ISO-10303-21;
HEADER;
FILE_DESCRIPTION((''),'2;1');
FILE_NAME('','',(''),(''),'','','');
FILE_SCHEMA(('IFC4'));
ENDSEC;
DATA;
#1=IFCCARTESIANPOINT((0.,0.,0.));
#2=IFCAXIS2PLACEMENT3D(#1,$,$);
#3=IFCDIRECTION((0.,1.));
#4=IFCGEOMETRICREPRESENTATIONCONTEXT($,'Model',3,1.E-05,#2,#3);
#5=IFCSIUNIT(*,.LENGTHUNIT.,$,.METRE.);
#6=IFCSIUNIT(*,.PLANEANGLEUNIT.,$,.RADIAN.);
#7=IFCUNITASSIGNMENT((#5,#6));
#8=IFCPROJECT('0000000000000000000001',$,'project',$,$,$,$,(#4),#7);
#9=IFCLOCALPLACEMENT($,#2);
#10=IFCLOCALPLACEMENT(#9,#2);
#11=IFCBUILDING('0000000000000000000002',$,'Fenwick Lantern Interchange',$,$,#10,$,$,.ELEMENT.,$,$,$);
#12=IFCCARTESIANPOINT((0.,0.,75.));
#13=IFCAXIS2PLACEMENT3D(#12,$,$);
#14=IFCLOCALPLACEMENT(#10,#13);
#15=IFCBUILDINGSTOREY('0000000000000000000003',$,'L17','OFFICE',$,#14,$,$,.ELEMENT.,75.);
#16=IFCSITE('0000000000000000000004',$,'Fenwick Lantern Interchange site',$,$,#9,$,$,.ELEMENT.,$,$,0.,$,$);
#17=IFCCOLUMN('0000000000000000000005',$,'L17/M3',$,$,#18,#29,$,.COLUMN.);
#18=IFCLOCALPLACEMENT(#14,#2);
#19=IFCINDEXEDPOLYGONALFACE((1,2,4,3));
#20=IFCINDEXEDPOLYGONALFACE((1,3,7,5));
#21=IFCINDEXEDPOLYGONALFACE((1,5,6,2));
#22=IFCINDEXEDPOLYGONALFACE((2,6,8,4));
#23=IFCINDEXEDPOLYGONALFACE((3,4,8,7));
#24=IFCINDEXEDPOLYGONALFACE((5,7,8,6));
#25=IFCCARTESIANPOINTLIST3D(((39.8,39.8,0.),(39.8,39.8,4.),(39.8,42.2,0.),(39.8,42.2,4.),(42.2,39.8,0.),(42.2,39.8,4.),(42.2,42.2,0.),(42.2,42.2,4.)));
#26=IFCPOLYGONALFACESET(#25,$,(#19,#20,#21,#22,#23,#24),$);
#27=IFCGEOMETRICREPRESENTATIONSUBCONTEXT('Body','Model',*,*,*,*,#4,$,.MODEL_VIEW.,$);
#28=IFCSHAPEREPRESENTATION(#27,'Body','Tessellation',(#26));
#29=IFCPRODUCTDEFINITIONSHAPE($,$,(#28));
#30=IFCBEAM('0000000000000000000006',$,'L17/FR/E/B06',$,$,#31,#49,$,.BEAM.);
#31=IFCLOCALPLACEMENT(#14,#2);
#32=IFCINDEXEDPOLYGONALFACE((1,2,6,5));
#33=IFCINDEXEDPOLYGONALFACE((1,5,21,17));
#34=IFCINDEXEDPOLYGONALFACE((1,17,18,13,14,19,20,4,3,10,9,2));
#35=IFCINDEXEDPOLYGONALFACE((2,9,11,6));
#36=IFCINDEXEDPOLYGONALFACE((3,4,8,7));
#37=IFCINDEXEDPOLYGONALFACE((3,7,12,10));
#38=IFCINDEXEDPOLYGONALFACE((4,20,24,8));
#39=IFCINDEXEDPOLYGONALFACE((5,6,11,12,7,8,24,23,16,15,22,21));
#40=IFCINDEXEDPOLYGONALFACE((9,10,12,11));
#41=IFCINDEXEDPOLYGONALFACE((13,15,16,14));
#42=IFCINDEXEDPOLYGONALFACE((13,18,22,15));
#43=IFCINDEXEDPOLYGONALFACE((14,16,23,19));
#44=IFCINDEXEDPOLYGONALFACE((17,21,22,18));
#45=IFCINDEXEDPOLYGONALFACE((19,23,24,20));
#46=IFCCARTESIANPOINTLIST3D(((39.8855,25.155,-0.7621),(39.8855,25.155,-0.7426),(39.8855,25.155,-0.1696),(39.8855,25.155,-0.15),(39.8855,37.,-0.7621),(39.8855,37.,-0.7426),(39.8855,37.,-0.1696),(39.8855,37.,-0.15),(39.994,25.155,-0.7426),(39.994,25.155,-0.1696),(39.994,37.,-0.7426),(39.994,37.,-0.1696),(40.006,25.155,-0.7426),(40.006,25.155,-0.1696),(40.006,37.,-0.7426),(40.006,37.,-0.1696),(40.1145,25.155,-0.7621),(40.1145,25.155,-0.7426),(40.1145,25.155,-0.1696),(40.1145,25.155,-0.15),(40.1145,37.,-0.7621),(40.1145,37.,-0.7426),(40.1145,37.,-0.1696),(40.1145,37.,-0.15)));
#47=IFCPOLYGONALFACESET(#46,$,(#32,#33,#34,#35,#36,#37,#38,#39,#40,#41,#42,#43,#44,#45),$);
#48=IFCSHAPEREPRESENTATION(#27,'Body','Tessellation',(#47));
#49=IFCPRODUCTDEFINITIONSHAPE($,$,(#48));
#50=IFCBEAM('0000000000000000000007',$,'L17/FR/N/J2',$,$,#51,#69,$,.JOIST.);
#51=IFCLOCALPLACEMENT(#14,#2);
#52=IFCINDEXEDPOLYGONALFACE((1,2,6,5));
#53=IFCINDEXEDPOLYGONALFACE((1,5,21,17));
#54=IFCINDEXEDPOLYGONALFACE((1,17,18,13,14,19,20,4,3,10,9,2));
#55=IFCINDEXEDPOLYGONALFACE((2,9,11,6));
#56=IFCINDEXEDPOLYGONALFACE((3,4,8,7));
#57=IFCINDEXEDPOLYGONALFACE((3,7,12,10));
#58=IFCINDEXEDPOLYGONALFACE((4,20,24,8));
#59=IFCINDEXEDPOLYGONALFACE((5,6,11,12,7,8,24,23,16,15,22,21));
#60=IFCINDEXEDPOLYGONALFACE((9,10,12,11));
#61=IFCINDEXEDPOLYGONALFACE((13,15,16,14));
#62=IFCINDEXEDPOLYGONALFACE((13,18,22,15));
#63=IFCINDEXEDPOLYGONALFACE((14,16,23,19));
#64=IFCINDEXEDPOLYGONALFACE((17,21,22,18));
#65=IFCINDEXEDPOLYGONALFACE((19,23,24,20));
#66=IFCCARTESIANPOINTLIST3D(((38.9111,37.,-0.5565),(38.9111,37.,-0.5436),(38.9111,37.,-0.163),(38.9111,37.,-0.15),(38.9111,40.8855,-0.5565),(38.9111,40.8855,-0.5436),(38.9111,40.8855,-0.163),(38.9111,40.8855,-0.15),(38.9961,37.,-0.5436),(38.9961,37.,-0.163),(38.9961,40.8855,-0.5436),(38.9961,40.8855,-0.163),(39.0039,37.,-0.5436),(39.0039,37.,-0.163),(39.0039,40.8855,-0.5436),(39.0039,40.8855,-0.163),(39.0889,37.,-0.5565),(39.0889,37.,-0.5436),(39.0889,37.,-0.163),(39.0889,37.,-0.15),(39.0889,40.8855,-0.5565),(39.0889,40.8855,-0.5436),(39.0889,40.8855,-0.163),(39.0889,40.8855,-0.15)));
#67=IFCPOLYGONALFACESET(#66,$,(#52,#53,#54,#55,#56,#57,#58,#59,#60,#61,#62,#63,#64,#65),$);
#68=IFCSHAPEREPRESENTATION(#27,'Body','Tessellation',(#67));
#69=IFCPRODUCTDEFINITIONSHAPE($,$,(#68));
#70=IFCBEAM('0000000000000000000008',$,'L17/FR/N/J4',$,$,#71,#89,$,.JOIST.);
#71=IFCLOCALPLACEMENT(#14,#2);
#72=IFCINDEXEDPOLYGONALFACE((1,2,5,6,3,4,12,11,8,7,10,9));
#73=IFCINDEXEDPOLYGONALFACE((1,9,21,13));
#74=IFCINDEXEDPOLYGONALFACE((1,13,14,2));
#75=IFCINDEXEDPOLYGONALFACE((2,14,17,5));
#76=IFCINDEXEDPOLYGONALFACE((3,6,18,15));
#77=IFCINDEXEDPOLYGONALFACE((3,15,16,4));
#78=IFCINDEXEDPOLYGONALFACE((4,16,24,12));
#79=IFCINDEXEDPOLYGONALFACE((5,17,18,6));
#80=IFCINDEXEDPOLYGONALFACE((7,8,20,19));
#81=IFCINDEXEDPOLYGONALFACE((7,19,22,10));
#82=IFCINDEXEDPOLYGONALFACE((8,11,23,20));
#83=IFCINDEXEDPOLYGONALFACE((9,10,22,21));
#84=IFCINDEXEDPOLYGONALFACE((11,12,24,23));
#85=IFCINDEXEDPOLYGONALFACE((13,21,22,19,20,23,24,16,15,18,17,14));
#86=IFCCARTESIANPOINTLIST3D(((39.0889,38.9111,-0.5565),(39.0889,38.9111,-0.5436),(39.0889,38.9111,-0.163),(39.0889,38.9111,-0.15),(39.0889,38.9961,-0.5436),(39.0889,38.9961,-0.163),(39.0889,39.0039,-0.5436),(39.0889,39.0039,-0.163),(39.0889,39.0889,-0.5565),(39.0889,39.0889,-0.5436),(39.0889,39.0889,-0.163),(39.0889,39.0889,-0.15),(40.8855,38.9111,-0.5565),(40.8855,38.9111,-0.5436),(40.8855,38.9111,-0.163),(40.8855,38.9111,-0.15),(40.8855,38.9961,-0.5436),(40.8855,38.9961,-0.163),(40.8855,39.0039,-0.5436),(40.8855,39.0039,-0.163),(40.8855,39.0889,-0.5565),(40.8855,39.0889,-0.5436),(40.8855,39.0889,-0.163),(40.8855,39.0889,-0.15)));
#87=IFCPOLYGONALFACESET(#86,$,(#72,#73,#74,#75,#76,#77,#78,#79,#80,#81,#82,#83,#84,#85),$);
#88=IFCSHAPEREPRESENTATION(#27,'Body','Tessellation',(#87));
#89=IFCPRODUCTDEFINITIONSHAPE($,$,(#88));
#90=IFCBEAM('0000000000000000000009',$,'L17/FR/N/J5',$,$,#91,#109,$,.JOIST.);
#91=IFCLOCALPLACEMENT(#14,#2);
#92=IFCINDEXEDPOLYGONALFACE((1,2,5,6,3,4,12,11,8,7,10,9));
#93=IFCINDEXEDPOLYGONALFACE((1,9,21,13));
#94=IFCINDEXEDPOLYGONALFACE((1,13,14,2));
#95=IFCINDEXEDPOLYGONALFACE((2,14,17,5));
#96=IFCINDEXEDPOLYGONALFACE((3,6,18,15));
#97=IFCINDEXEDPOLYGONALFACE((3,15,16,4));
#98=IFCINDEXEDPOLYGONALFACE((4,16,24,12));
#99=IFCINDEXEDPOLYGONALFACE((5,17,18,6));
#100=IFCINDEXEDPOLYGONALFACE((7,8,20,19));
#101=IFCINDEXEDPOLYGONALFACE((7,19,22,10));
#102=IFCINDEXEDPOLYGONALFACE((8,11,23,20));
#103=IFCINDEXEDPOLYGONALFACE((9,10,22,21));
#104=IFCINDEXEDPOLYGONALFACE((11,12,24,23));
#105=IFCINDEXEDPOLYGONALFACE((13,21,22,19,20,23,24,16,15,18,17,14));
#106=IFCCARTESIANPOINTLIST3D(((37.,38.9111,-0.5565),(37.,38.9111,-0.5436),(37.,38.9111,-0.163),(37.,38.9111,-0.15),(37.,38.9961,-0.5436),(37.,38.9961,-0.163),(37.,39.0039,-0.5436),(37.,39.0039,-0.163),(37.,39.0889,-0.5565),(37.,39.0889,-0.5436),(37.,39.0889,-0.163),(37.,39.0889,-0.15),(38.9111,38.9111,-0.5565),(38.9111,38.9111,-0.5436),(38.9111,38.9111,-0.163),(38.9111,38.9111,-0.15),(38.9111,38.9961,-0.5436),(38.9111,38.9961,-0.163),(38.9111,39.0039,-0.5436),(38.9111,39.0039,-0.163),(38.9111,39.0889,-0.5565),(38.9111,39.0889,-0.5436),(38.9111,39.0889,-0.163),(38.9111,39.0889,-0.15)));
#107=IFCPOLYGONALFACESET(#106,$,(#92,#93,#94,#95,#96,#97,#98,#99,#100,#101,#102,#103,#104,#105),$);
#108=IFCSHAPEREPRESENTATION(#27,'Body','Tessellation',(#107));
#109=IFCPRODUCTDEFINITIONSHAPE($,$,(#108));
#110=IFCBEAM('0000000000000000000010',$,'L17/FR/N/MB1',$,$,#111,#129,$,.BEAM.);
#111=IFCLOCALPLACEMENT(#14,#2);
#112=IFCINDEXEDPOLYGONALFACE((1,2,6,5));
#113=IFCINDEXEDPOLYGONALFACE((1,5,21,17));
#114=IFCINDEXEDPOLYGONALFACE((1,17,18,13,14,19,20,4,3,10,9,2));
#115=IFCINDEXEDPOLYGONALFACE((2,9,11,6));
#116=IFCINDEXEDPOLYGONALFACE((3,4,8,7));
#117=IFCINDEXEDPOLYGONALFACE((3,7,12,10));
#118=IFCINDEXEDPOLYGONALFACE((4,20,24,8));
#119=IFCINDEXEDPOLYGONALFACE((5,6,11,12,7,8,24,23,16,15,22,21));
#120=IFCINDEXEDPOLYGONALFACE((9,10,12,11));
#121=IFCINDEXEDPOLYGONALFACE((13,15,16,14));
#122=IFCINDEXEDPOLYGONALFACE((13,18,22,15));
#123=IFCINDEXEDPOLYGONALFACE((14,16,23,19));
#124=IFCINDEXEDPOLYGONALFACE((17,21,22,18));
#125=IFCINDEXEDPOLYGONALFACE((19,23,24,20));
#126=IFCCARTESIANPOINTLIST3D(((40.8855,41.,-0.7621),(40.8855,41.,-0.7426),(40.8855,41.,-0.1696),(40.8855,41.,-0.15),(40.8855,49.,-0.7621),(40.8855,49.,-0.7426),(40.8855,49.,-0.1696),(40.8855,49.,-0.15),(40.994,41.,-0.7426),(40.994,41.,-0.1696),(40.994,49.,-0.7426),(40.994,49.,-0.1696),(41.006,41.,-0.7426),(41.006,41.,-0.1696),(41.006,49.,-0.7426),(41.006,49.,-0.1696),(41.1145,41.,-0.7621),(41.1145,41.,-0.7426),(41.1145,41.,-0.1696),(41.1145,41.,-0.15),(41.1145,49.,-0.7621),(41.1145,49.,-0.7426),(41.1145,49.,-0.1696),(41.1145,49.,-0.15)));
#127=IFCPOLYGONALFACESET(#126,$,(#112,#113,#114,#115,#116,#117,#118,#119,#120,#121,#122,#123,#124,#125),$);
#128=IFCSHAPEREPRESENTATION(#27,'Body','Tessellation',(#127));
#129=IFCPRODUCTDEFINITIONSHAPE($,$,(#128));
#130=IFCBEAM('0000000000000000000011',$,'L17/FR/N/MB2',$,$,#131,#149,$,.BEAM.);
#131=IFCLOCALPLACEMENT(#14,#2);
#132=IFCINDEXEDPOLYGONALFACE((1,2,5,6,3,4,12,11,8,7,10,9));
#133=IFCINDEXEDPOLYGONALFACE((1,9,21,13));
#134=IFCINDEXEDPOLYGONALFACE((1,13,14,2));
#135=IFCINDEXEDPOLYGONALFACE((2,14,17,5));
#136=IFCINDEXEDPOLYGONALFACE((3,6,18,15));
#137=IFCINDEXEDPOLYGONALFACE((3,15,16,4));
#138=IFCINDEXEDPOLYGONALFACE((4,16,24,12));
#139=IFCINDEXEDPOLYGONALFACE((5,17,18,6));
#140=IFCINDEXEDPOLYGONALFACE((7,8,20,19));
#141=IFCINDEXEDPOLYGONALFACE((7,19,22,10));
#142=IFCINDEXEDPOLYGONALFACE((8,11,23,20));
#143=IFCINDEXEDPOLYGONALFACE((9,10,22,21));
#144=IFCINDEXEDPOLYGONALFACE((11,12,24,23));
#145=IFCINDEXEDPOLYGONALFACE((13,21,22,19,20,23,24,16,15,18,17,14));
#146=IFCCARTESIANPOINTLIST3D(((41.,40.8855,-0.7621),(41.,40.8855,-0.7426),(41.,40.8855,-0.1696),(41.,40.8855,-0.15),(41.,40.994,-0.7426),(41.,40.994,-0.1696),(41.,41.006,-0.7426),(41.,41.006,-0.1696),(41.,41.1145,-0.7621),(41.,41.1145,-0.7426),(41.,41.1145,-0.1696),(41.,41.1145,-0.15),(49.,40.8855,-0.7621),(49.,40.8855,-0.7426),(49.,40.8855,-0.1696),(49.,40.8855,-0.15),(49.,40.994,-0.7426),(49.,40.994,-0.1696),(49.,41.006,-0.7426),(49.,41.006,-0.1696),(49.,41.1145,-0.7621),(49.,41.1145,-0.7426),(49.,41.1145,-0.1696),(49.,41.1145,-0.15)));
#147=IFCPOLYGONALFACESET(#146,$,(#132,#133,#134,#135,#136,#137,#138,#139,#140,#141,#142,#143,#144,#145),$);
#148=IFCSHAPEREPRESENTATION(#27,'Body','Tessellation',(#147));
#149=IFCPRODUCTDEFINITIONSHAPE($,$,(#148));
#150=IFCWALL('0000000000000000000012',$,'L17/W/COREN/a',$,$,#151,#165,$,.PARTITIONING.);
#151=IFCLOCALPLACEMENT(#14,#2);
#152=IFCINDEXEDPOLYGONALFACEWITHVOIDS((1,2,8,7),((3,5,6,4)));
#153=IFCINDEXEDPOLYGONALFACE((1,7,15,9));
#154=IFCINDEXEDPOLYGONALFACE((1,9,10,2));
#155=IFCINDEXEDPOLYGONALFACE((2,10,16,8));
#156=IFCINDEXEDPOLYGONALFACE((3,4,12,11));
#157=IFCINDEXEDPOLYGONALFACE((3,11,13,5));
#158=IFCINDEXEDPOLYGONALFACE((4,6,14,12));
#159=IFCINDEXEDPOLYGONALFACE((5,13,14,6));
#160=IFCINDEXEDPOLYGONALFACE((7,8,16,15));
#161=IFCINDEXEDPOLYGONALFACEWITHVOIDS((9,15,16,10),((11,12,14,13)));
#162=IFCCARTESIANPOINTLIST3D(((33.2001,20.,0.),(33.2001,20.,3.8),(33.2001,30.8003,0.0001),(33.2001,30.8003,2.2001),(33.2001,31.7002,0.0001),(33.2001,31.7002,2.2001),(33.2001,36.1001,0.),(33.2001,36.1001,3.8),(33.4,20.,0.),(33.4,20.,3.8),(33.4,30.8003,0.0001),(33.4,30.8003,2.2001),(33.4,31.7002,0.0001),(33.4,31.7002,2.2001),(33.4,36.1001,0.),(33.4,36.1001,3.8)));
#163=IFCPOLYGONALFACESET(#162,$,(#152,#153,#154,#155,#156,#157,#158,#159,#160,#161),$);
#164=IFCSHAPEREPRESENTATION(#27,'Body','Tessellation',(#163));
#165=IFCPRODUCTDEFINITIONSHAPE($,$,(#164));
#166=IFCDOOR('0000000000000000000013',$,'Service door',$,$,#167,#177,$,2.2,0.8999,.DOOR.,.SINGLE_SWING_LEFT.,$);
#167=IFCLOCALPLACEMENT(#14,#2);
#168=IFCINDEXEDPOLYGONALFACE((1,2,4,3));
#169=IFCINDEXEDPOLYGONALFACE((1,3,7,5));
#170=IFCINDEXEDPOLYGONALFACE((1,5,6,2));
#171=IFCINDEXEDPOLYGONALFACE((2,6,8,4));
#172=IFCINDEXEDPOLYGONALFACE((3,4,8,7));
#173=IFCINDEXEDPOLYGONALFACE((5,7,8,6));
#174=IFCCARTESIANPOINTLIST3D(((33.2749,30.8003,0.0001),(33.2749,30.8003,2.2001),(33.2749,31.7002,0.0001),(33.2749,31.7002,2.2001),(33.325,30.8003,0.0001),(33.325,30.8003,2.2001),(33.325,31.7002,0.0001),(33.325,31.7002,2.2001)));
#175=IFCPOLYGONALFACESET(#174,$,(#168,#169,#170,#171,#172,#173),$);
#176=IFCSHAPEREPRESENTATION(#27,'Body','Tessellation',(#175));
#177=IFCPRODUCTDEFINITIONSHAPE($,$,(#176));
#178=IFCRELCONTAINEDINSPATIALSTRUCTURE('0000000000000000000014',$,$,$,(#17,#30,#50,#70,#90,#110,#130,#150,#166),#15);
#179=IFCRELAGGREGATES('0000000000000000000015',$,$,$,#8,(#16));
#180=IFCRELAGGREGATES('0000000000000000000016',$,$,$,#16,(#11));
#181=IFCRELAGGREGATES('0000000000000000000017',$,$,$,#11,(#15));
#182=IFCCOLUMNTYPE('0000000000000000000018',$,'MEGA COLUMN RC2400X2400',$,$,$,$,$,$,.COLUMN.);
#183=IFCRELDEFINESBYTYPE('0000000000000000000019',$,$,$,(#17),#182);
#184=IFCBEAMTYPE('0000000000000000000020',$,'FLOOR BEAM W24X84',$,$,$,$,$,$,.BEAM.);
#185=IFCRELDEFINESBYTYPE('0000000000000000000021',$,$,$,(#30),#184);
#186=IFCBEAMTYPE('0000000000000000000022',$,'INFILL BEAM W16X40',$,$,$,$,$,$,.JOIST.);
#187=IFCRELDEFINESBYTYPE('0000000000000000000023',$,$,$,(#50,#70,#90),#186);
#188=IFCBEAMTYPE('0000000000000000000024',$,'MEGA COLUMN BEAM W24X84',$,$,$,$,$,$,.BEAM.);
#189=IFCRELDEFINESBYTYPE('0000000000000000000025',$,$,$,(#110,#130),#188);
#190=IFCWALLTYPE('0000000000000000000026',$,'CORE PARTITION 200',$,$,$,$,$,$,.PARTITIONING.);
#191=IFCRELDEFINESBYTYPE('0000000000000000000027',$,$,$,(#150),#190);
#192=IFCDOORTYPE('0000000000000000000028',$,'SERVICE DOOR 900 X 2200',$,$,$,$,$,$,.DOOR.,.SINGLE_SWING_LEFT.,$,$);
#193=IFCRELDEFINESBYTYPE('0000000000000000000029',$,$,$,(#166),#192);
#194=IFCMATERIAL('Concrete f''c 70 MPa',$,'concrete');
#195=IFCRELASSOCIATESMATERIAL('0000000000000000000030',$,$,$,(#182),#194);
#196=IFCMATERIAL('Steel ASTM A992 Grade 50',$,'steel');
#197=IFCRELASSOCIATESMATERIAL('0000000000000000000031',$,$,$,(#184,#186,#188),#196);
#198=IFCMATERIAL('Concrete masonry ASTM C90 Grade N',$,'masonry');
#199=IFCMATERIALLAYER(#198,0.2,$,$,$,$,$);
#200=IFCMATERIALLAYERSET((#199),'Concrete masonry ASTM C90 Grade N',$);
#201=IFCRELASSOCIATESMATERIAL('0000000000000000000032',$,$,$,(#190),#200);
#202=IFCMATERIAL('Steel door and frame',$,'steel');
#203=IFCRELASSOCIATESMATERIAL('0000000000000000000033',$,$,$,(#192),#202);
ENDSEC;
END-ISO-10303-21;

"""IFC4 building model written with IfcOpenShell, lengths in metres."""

from ifc_helpers import new_model, si_unit, direction, frame, frame_2d, origin, origin_2d, place, context, subcontext, project, spatial, rectangle, i_section, extrude, material, layer, layer_set, material_profile, profile_set, type_object, element, fill, save


model = new_model("IFC4")

# Units and contexts
model_context = context("Model", 3, precision=1e-05, world=origin(), true_north=direction((0.0, 1.0)))
body_context = subcontext(model_context, "Body", "Model", "MODEL_VIEW")
ifc_project = project(units=[si_unit("LENGTHUNIT", "METRE"), si_unit("PLANEANGLEUNIT", "RADIAN")], contexts=[model_context])

# Site, building, storey
site_placement = place(None, origin())
site = spatial("IfcSite", under=ifc_project, at=site_placement, Name="Fenwick Lantern Interchange site", CompositionType="ELEMENT", RefElevation=0.0)
building_placement = place(site_placement, origin())
building = spatial("IfcBuilding", under=site, at=building_placement, Name="Fenwick Lantern Interchange", CompositionType="ELEMENT")
storey_placement = place(building_placement, frame((0.0, 0.0, 75.0)))
storey = spatial("IfcBuildingStorey", under=building, at=storey_placement, Name="L17", Description="OFFICE", CompositionType="ELEMENT", Elevation=75.0)

# Column
ifc_material_1 = material(Name="Concrete f'c 70 MPa", Category="concrete")
ifc_material_profile_1 = material_profile(ifc_material_1, rectangle(XDim=2.3999, YDim=2.3999, at=origin_2d()), Name="RC2400X2400")
ifc_profile_set_1 = profile_set([ifc_material_profile_1], Name="Concrete f'c 70 MPa")
column_type = type_object("IfcColumnType", Name="MEGA COLUMN RC2400X2400", PredefinedType="COLUMN", material=ifc_profile_set_1)
column_placement = place(storey_placement, frame((41.0, 41.0, 0.0), z_axis=(0.0, 0.0, 1.0), x_axis=(1.0, 0.0, 0.0)))
element("IfcColumn", 1, at=column_placement, inside=storey, type_object=column_type, Name="L17/M3", PredefinedType="COLUMN", context=body_context, shape_type="SweptSolid", body=[
    extrude(rectangle(XDim=2.3999, YDim=2.3999, at=origin_2d()), origin(), (0.0, 0.0, 1.0), 4.0),
])

# Beams
ifc_material_2 = material(Name="Steel ASTM A992 Grade 50", Category="steel")
ifc_material_profile_2 = material_profile(ifc_material_2, i_section(OverallWidth=0.229, OverallDepth=0.6121, WebThickness=0.012, FlangeThickness=0.0195, at=origin_2d()), Name="W24X84")
ifc_profile_set_2 = profile_set([ifc_material_profile_2], Name="Steel ASTM A992 Grade 50")
beam_type_1 = type_object("IfcBeamType", Name="FLOOR BEAM W24X84", PredefinedType="BEAM", material=ifc_profile_set_2)
beam_1_placement = place(storey_placement, frame((40.0, 25.155, -0.4561), z_axis=(0.0, 1.0, 0.0), x_axis=(-1.0, 0.0, 0.0)))
element("IfcBeam", 2, at=beam_1_placement, inside=storey, type_object=beam_type_1, Name="L17/FR/E/B06", PredefinedType="BEAM", context=body_context, shape_type="SweptSolid", body=[
    extrude(i_section(OverallWidth=0.229, OverallDepth=0.6121, WebThickness=0.012, FlangeThickness=0.0195, at=origin_2d()), origin(), (0.0, 0.0, 1.0), 11.845),
])
ifc_material_profile_3 = material_profile(ifc_material_2, i_section(OverallWidth=0.1777, OverallDepth=0.4065, WebThickness=0.0078, FlangeThickness=0.0129, at=origin_2d()), Name="W16X40")
ifc_profile_set_3 = profile_set([ifc_material_profile_3], Name="Steel ASTM A992 Grade 50")
beam_type_2 = type_object("IfcBeamType", Name="INFILL BEAM W16X40", PredefinedType="JOIST", material=ifc_profile_set_3)
beam_2_placement = place(storey_placement, frame((39.0, 40.8855, -0.3533), z_axis=(0.0, -1.0, 0.0), x_axis=(1.0, 0.0, 0.0)))
element("IfcBeam", 3, at=beam_2_placement, inside=storey, type_object=beam_type_2, Name="L17/FR/N/J2", PredefinedType="JOIST", context=body_context, shape_type="SweptSolid", body=[
    extrude(i_section(OverallWidth=0.1777, OverallDepth=0.4065, WebThickness=0.0078, FlangeThickness=0.0129, at=origin_2d()), origin(), (0.0, 0.0, 1.0), 3.8855),
])
beam_3_placement = place(storey_placement, frame((40.8855, 39.0, -0.3533), z_axis=(-1.0, 0.0, 0.0), x_axis=(0.0, -1.0, 0.0)))
element("IfcBeam", 4, at=beam_3_placement, inside=storey, type_object=beam_type_2, Name="L17/FR/N/J4", PredefinedType="JOIST", context=body_context, shape_type="SweptSolid", body=[
    extrude(i_section(OverallWidth=0.1777, OverallDepth=0.4065, WebThickness=0.0078, FlangeThickness=0.0129, at=origin_2d()), origin(), (0.0, 0.0, 1.0), 1.7966),
])
beam_4_placement = place(storey_placement, frame((38.9111, 39.0, -0.3533), z_axis=(-1.0, 0.0, 0.0), x_axis=(0.0, -1.0, 0.0)))
element("IfcBeam", 5, at=beam_4_placement, inside=storey, type_object=beam_type_2, Name="L17/FR/N/J5", PredefinedType="JOIST", context=body_context, shape_type="SweptSolid", body=[
    extrude(i_section(OverallWidth=0.1777, OverallDepth=0.4065, WebThickness=0.0078, FlangeThickness=0.0129, at=origin_2d()), origin(), (0.0, 0.0, 1.0), 1.9111),
])
ifc_material_profile_4 = material_profile(ifc_material_2, i_section(OverallWidth=0.229, OverallDepth=0.6121, WebThickness=0.012, FlangeThickness=0.0195, at=origin_2d()), Name="W24X84")
ifc_profile_set_4 = profile_set([ifc_material_profile_4], Name="Steel ASTM A992 Grade 50")
beam_type_3 = type_object("IfcBeamType", Name="MEGA COLUMN BEAM W24X84", PredefinedType="BEAM", material=ifc_profile_set_4)
for number, where, z_axis, x_axis, name in (
    (6, (41.0, 41.0, -0.4561), (0.0, 1.0, 0.0), (-1.0, 0.0, 0.0), "L17/FR/N/MB1"),
    (7, (41.0, 41.0, -0.4561), (1.0, 0.0, 0.0), (0.0, 1.0, 0.0), "L17/FR/N/MB2"),
):
    element("IfcBeam", number, at=place(storey_placement, frame(where, z_axis=z_axis, x_axis=x_axis)), inside=storey, type_object=beam_type_3, Name=name, PredefinedType="BEAM", context=body_context, shape_type="SweptSolid", body=[
        extrude(i_section(OverallWidth=0.229, OverallDepth=0.6121, WebThickness=0.012, FlangeThickness=0.0195, at=origin_2d()), origin(), (0.0, 0.0, 1.0), 8.0),
    ])

# Wall, opening, door
ifc_material_3 = material(Name="Concrete masonry ASTM C90 Grade N", Category="masonry")
ifc_layer_1 = layer(ifc_material_3, 0.2)
ifc_layer_set_1 = layer_set([ifc_layer_1], Name="Concrete masonry ASTM C90 Grade N")
wall_type_1 = type_object("IfcWallType", Name="CORE PARTITION 200", PredefinedType="PARTITIONING", material=ifc_layer_set_1)
wall_1_placement = place(storey_placement, frame((33.3, 36.1001, 0.0), z_axis=(0.0, 0.0, 1.0), x_axis=(0.0, -1.0, 0.0)))
wall_1 = element("IfcWall", 8, at=wall_1_placement, inside=storey, type_object=wall_type_1, Name="L17/W/COREN/a", PredefinedType="PARTITIONING", context=body_context, shape_type="SweptSolid", body=[
    extrude(rectangle(XDim=16.1001, YDim=0.2, at=frame_2d((8.05, 0.0))), origin(), (0.0, 0.0, 1.0), 3.8),
])
opening_1_placement = place(wall_1_placement, frame((4.3999, 0.0, 0.0)))
opening_1 = element("IfcOpeningElement", 9, at=opening_1_placement, cuts=wall_1, PredefinedType="OPENING", context=body_context, shape_type="SweptSolid", body=[
    extrude(rectangle(XDim=0.8999, YDim=2.2, at=frame_2d((0.45, 1.1001))), frame((0.0, 0.1099, 0.0), z_axis=(0.0, -1.0, 0.0), x_axis=(1.0, 0.0, 0.0)), (0.0, 0.0, 1.0), 0.22),
])
ifc_material_4 = material(Name="Steel door and frame", Category="steel")
door_type_1 = type_object("IfcDoorType", Name="SERVICE DOOR 900 X 2200", OperationType="SINGLE_SWING_LEFT", PredefinedType="DOOR", material=ifc_material_4)
door_1_placement = place(opening_1_placement, origin())
door_1 = element("IfcDoor", 10, at=door_1_placement, inside=storey, type_object=door_type_1, Name="Service door", OperationType="SINGLE_SWING_LEFT", OverallHeight=2.2, OverallWidth=0.8999, PredefinedType="DOOR", context=body_context, shape_type="SweptSolid", body=[
    extrude(rectangle(XDim=0.8999, YDim=2.2, at=frame_2d((0.45, 1.1001))), frame((0.0, 0.0249, 0.0), z_axis=(0.0, -1.0, 0.0), x_axis=(1.0, 0.0, 0.0)), (0.0, 0.0, 1.0), 0.05),
])
fill(opening_1, door_1)

save(model, "model.ifc")
